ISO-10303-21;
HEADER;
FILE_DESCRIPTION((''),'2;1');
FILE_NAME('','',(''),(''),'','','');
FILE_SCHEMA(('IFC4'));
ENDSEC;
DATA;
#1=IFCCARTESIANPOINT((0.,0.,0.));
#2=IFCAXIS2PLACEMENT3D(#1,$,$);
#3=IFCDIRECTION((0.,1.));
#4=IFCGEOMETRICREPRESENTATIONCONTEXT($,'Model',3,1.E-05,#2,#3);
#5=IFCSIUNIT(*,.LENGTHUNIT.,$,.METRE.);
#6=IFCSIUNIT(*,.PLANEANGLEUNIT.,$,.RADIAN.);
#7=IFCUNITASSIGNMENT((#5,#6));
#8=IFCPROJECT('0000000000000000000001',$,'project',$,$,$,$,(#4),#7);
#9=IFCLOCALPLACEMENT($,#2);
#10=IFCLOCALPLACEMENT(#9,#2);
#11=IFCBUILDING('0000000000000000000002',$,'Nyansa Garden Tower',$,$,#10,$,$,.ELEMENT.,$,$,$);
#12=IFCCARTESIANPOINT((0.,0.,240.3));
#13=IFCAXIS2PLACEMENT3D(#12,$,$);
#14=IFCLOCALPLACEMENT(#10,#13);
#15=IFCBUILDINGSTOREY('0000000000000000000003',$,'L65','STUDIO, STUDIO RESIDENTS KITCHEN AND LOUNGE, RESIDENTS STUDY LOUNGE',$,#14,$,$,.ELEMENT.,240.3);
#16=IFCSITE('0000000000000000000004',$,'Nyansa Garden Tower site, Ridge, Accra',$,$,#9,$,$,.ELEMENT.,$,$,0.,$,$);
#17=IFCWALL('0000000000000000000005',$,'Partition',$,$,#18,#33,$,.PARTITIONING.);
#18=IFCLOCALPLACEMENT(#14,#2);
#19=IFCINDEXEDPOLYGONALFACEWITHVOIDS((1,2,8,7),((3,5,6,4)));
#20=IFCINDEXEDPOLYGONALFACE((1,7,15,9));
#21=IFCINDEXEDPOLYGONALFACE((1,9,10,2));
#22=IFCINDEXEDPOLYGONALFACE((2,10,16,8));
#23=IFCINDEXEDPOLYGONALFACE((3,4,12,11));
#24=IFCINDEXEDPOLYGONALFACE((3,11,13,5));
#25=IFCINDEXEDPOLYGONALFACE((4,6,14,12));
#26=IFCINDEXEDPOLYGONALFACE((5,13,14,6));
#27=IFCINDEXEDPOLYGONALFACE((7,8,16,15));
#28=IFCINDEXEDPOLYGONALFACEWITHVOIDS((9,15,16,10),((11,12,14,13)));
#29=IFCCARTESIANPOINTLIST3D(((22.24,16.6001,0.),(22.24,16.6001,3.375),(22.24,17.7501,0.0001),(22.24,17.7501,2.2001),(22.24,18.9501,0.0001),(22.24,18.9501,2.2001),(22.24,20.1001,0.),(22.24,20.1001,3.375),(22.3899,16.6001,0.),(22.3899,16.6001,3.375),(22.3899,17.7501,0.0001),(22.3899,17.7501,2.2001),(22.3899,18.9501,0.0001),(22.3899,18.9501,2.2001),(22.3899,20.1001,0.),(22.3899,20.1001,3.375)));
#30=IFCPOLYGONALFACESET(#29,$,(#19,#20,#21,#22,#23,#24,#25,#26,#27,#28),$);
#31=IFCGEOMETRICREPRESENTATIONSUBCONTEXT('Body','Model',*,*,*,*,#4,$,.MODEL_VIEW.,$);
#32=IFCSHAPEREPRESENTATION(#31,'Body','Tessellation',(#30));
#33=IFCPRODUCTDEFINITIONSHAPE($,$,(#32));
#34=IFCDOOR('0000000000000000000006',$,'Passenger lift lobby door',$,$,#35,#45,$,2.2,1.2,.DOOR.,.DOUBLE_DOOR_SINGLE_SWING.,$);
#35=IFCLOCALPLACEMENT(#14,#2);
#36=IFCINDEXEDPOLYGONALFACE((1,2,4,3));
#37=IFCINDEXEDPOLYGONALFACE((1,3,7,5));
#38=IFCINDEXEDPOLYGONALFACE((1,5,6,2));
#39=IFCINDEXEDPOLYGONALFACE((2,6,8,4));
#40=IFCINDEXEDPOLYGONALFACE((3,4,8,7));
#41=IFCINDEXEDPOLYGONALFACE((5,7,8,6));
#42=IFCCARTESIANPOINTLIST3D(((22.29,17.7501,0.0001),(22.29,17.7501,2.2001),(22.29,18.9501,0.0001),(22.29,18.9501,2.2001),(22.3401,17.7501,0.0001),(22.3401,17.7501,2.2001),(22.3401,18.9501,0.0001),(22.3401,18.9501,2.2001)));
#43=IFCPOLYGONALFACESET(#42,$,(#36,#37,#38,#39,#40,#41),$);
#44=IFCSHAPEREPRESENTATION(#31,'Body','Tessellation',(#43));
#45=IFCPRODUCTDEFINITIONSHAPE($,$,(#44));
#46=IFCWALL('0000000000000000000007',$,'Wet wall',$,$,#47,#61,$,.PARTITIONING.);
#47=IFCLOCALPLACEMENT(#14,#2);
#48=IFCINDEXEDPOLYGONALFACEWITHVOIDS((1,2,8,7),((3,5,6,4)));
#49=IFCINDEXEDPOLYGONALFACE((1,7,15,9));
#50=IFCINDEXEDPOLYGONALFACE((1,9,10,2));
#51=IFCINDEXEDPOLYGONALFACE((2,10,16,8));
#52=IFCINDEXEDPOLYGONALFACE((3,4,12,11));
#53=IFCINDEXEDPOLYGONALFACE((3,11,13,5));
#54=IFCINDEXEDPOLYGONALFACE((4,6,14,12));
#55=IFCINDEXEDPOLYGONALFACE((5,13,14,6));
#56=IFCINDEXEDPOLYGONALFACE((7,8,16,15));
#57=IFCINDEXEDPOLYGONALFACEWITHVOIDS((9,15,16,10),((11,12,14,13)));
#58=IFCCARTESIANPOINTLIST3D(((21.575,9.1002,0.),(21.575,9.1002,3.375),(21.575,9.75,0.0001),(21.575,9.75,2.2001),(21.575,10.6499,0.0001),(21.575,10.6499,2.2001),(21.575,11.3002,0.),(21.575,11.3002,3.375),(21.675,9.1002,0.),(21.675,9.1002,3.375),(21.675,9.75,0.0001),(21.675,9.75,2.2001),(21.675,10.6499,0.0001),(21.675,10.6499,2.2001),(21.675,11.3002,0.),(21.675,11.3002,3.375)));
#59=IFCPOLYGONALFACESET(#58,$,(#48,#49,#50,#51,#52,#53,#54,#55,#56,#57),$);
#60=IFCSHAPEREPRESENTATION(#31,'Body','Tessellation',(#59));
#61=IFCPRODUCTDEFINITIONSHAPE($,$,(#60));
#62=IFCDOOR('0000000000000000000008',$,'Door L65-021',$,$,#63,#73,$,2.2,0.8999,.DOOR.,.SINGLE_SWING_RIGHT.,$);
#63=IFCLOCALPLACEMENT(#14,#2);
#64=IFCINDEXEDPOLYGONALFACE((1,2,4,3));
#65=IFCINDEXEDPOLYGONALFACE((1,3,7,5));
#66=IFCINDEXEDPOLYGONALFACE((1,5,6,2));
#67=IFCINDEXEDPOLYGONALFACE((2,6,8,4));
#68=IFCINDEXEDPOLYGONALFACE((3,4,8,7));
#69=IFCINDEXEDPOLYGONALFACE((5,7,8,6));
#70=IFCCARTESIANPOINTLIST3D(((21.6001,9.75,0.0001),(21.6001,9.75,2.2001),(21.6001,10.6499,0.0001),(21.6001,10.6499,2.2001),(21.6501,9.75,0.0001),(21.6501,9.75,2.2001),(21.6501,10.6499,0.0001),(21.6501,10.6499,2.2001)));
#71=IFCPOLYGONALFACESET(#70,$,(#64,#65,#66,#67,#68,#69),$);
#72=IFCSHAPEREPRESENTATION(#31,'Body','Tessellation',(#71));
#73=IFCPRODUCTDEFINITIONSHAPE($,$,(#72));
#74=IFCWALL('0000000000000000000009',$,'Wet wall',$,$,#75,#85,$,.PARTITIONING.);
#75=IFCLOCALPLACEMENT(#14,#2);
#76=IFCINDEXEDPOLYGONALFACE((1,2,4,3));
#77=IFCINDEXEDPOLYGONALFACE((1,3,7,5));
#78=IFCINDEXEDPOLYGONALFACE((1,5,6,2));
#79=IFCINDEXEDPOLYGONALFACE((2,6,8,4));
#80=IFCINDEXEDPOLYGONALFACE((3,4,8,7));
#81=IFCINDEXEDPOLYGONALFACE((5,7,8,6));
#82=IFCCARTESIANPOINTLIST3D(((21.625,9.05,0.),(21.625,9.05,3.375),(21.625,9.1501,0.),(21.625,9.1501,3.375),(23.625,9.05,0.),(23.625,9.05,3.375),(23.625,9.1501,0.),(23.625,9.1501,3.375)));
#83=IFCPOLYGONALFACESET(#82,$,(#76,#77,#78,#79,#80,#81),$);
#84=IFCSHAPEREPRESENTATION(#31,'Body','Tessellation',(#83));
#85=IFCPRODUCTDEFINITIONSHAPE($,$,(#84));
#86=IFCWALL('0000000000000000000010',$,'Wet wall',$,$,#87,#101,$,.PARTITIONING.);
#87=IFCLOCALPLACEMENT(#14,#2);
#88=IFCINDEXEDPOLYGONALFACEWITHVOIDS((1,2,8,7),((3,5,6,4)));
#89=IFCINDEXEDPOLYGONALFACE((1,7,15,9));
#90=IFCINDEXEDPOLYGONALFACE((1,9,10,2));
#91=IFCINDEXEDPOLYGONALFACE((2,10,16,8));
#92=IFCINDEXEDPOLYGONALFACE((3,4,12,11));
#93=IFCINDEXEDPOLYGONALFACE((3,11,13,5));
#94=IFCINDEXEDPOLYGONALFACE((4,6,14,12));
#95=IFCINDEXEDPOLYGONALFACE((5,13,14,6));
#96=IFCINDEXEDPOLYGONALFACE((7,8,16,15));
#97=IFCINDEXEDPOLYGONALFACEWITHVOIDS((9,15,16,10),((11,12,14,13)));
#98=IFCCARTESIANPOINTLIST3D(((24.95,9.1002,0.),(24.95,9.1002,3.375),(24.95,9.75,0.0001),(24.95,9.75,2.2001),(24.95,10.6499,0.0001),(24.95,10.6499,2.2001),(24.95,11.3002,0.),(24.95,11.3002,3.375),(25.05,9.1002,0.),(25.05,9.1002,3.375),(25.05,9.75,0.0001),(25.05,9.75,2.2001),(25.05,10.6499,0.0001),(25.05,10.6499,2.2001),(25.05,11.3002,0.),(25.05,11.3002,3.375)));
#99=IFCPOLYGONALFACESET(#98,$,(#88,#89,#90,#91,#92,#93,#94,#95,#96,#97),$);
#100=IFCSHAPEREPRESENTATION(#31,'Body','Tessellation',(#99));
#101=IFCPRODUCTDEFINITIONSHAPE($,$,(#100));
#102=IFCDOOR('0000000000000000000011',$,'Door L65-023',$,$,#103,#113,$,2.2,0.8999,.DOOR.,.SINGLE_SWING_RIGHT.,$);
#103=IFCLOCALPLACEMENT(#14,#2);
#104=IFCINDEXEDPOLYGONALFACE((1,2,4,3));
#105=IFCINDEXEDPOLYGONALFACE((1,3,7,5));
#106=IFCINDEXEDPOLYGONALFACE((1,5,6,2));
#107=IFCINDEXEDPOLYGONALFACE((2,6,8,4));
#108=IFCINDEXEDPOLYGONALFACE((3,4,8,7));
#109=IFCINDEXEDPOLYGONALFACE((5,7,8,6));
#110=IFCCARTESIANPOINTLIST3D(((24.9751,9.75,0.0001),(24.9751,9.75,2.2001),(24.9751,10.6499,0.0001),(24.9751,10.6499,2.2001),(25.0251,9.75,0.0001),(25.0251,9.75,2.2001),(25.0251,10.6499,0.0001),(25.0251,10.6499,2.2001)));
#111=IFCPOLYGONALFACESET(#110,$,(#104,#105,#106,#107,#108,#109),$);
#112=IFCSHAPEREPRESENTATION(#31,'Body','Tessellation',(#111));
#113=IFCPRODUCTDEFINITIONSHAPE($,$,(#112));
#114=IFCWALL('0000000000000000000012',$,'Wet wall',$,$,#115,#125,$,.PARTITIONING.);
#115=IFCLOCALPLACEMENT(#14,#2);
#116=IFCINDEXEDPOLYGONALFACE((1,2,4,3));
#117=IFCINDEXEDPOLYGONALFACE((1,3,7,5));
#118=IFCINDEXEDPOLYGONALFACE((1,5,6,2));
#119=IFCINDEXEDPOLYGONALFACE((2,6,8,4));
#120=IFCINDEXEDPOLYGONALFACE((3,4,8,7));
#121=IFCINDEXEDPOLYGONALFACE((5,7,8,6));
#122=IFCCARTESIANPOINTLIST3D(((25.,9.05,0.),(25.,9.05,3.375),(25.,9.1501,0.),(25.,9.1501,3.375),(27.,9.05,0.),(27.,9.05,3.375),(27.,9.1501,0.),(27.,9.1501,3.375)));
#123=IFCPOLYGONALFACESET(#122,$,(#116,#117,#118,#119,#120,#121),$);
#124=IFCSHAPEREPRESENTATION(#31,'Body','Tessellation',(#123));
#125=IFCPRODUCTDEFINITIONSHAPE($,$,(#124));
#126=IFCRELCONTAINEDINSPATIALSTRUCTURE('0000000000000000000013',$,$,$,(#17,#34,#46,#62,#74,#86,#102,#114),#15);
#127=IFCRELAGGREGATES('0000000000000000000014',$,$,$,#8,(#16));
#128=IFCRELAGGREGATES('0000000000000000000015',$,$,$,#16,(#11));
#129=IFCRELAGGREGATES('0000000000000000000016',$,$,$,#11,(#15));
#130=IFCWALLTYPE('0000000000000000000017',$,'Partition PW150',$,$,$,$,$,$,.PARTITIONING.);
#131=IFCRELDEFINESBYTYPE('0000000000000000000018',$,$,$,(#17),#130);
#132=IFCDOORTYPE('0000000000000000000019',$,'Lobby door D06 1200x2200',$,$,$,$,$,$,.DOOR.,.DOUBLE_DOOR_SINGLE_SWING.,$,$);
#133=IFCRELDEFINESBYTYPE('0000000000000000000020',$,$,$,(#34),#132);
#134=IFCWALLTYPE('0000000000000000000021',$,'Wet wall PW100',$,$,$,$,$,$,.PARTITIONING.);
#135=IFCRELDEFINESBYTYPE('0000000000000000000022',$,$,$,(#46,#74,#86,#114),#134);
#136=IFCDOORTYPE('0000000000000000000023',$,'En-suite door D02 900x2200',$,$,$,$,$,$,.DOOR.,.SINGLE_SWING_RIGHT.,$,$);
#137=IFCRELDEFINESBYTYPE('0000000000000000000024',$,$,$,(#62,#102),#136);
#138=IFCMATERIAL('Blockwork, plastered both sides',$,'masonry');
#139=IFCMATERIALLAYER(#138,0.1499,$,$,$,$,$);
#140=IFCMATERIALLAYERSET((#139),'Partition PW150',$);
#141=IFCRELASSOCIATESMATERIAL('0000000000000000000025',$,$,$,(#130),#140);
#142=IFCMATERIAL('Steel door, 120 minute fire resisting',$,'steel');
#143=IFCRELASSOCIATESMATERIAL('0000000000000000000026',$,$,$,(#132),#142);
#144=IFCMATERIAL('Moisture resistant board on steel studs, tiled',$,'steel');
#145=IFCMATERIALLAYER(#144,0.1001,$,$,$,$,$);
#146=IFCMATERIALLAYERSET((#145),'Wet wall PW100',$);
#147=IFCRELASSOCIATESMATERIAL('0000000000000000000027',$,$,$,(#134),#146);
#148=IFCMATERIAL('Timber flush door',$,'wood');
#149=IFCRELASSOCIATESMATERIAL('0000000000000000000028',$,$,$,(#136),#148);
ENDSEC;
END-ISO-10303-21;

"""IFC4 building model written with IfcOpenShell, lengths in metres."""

from ifc_helpers import new_model, si_unit, direction, frame, frame_2d, origin, place, context, subcontext, project, spatial, rectangle, extrude, material, layer, layer_set, type_object, element, fill, save


model = new_model("IFC4")

# Units and contexts
model_context = context("Model", 3, precision=1e-05, world=origin(), true_north=direction((0.0, 1.0)))
body_context = subcontext(model_context, "Body", "Model", "MODEL_VIEW")
ifc_project = project(units=[si_unit("LENGTHUNIT", "METRE"), si_unit("PLANEANGLEUNIT", "RADIAN")], contexts=[model_context])

# Site, building, storey
site_placement = place(None, origin())
site = spatial("IfcSite", under=ifc_project, at=site_placement, Name="Nyansa Garden Tower site, Ridge, Accra", CompositionType="ELEMENT", RefElevation=0.0)
building_placement = place(site_placement, origin())
building = spatial("IfcBuilding", under=site, at=building_placement, Name="Nyansa Garden Tower", CompositionType="ELEMENT")
storey_placement = place(building_placement, frame((0.0, 0.0, 240.3)))
storey = spatial("IfcBuildingStorey", under=building, at=storey_placement, Name="L65", Description="STUDIO, STUDIO RESIDENTS KITCHEN AND LOUNGE, RESIDENTS STUDY LOUNGE", CompositionType="ELEMENT", Elevation=240.3)

# Walls, openings, doors
ifc_material_1 = material(Name="Blockwork, plastered both sides", Category="masonry")
ifc_layer_1 = layer(ifc_material_1, 0.1499)
ifc_layer_set_1 = layer_set([ifc_layer_1], Name="Partition PW150")
wall_type_1 = type_object("IfcWallType", Name="Partition PW150", PredefinedType="PARTITIONING", material=ifc_layer_set_1)
ifc_material_2 = material(Name="Steel door, 120 minute fire resisting", Category="steel")
door_type_1 = type_object("IfcDoorType", Name="Lobby door D06 1200x2200", OperationType="DOUBLE_DOOR_SINGLE_SWING", PredefinedType="DOOR", material=ifc_material_2)
wall_1_placement = place(storey_placement, frame((22.3149, 16.6001, 0.0), z_axis=(0.0, 0.0, 1.0), x_axis=(0.0, 1.0, 0.0)))
wall_1 = element("IfcWall", 1, at=wall_1_placement, inside=storey, type_object=wall_type_1, Name="Partition", PredefinedType="PARTITIONING", context=body_context, shape_type="SweptSolid", body=[
    extrude(rectangle(XDim=3.5, YDim=0.1499, at=frame_2d((1.75, 0.0))), origin(), (0.0, 0.0, 1.0), 3.375),
])
opening_1_placement = place(wall_1_placement, frame((1.1499, 0.0, 0.0)))
opening_1 = element("IfcOpeningElement", 2, at=opening_1_placement, cuts=wall_1, PredefinedType="OPENING", context=body_context, shape_type="SweptSolid", body=[
    extrude(rectangle(XDim=1.2, YDim=2.2, at=frame_2d((0.6001, 1.1001))), frame((0.0, 0.085, 0.0), z_axis=(0.0, -1.0, 0.0), x_axis=(1.0, 0.0, 0.0)), (0.0, 0.0, 1.0), 0.1699),
])
door_1_placement = place(opening_1_placement, origin())
door_1 = element("IfcDoor", 3, at=door_1_placement, inside=storey, type_object=door_type_1, Name="Passenger lift lobby door", OperationType="DOUBLE_DOOR_SINGLE_SWING", OverallHeight=2.2, OverallWidth=1.2, PredefinedType="DOOR", context=body_context, shape_type="SweptSolid", body=[
    extrude(rectangle(XDim=1.2, YDim=2.2, at=frame_2d((0.6001, 1.1001))), frame((0.0, 0.0249, 0.0), z_axis=(0.0, -1.0, 0.0), x_axis=(1.0, 0.0, 0.0)), (0.0, 0.0, 1.0), 0.05),
])
fill(opening_1, door_1)
ifc_material_3 = material(Name="Moisture resistant board on steel studs, tiled", Category="steel")
ifc_layer_2 = layer(ifc_material_3, 0.1001)
ifc_layer_set_2 = layer_set([ifc_layer_2], Name="Wet wall PW100")
wall_type_2 = type_object("IfcWallType", Name="Wet wall PW100", PredefinedType="PARTITIONING", material=ifc_layer_set_2)
wall_2_placement = place(storey_placement, frame((21.625, 9.1001, 0.0), z_axis=(0.0, 0.0, 1.0), x_axis=(0.0, 1.0, 0.0)))
wall_2 = element("IfcWall", 4, at=wall_2_placement, inside=storey, type_object=wall_type_2, Name="Wet wall", PredefinedType="PARTITIONING", context=body_context, shape_type="SweptSolid", body=[
    extrude(rectangle(XDim=2.2, YDim=0.1001, at=frame_2d((1.1001, 0.0))), origin(), (0.0, 0.0, 1.0), 3.375),
])
opening_2_placement = place(wall_2_placement, frame((0.6499, 0.0, 0.0)))
opening_2 = element("IfcOpeningElement", 5, at=opening_2_placement, cuts=wall_2, PredefinedType="OPENING", context=body_context, shape_type="SweptSolid", body=[
    extrude(rectangle(XDim=0.8999, YDim=2.2, at=frame_2d((0.45, 1.1001))), frame((0.0, 0.0601, 0.0), z_axis=(0.0, -1.0, 0.0), x_axis=(1.0, 0.0, 0.0)), (0.0, 0.0, 1.0), 0.1201),
])
ifc_material_4 = material(Name="Timber flush door", Category="wood")
door_type_2 = type_object("IfcDoorType", Name="En-suite door D02 900x2200", OperationType="SINGLE_SWING_RIGHT", PredefinedType="DOOR", material=ifc_material_4)
door_2_placement = place(opening_2_placement, origin())
door_2 = element("IfcDoor", 6, at=door_2_placement, inside=storey, type_object=door_type_2, Name="Door L65-021", OperationType="SINGLE_SWING_RIGHT", OverallHeight=2.2, OverallWidth=0.8999, PredefinedType="DOOR", context=body_context, shape_type="SweptSolid", body=[
    extrude(rectangle(XDim=0.8999, YDim=2.2, at=frame_2d((0.45, 1.1001))), frame((0.0, 0.0249, 0.0), z_axis=(0.0, -1.0, 0.0), x_axis=(1.0, 0.0, 0.0)), (0.0, 0.0, 1.0), 0.05),
])
fill(opening_2, door_2)

# Wall
wall_3_placement = place(storey_placement, frame((21.625, 9.1001, 0.0), z_axis=(0.0, 0.0, 1.0), x_axis=(1.0, 0.0, 0.0)))
element("IfcWall", 7, at=wall_3_placement, inside=storey, type_object=wall_type_2, Name="Wet wall", PredefinedType="PARTITIONING", context=body_context, shape_type="SweptSolid", body=[
    extrude(rectangle(XDim=2.0, YDim=0.1001, at=frame_2d((1.0, 0.0))), origin(), (0.0, 0.0, 1.0), 3.375),
])

# Wall, opening, door
wall_4_placement = place(storey_placement, frame((25.0, 9.1001, 0.0), z_axis=(0.0, 0.0, 1.0), x_axis=(0.0, 1.0, 0.0)))
wall_4 = element("IfcWall", 8, at=wall_4_placement, inside=storey, type_object=wall_type_2, Name="Wet wall", PredefinedType="PARTITIONING", context=body_context, shape_type="SweptSolid", body=[
    extrude(rectangle(XDim=2.2, YDim=0.1001, at=frame_2d((1.1001, 0.0))), origin(), (0.0, 0.0, 1.0), 3.375),
])
opening_3_placement = place(wall_4_placement, frame((0.6499, 0.0, 0.0)))
opening_3 = element("IfcOpeningElement", 9, at=opening_3_placement, cuts=wall_4, PredefinedType="OPENING", context=body_context, shape_type="SweptSolid", body=[
    extrude(rectangle(XDim=0.8999, YDim=2.2, at=frame_2d((0.45, 1.1001))), frame((0.0, 0.0601, 0.0), z_axis=(0.0, -1.0, 0.0), x_axis=(1.0, 0.0, 0.0)), (0.0, 0.0, 1.0), 0.1201),
])
door_3_placement = place(opening_3_placement, origin())
door_3 = element("IfcDoor", 10, at=door_3_placement, inside=storey, type_object=door_type_2, Name="Door L65-023", OperationType="SINGLE_SWING_RIGHT", OverallHeight=2.2, OverallWidth=0.8999, PredefinedType="DOOR", context=body_context, shape_type="SweptSolid", body=[
    extrude(rectangle(XDim=0.8999, YDim=2.2, at=frame_2d((0.45, 1.1001))), frame((0.0, 0.0249, 0.0), z_axis=(0.0, -1.0, 0.0), x_axis=(1.0, 0.0, 0.0)), (0.0, 0.0, 1.0), 0.05),
])
fill(opening_3, door_3)

# Wall
wall_5_placement = place(storey_placement, frame((25.0, 9.1001, 0.0), z_axis=(0.0, 0.0, 1.0), x_axis=(1.0, 0.0, 0.0)))
element("IfcWall", 11, at=wall_5_placement, inside=storey, type_object=wall_type_2, Name="Wet wall", PredefinedType="PARTITIONING", context=body_context, shape_type="SweptSolid", body=[
    extrude(rectangle(XDim=2.0, YDim=0.1001, at=frame_2d((1.0, 0.0))), origin(), (0.0, 0.0, 1.0), 3.375),
])

save(model, "model.ifc")
